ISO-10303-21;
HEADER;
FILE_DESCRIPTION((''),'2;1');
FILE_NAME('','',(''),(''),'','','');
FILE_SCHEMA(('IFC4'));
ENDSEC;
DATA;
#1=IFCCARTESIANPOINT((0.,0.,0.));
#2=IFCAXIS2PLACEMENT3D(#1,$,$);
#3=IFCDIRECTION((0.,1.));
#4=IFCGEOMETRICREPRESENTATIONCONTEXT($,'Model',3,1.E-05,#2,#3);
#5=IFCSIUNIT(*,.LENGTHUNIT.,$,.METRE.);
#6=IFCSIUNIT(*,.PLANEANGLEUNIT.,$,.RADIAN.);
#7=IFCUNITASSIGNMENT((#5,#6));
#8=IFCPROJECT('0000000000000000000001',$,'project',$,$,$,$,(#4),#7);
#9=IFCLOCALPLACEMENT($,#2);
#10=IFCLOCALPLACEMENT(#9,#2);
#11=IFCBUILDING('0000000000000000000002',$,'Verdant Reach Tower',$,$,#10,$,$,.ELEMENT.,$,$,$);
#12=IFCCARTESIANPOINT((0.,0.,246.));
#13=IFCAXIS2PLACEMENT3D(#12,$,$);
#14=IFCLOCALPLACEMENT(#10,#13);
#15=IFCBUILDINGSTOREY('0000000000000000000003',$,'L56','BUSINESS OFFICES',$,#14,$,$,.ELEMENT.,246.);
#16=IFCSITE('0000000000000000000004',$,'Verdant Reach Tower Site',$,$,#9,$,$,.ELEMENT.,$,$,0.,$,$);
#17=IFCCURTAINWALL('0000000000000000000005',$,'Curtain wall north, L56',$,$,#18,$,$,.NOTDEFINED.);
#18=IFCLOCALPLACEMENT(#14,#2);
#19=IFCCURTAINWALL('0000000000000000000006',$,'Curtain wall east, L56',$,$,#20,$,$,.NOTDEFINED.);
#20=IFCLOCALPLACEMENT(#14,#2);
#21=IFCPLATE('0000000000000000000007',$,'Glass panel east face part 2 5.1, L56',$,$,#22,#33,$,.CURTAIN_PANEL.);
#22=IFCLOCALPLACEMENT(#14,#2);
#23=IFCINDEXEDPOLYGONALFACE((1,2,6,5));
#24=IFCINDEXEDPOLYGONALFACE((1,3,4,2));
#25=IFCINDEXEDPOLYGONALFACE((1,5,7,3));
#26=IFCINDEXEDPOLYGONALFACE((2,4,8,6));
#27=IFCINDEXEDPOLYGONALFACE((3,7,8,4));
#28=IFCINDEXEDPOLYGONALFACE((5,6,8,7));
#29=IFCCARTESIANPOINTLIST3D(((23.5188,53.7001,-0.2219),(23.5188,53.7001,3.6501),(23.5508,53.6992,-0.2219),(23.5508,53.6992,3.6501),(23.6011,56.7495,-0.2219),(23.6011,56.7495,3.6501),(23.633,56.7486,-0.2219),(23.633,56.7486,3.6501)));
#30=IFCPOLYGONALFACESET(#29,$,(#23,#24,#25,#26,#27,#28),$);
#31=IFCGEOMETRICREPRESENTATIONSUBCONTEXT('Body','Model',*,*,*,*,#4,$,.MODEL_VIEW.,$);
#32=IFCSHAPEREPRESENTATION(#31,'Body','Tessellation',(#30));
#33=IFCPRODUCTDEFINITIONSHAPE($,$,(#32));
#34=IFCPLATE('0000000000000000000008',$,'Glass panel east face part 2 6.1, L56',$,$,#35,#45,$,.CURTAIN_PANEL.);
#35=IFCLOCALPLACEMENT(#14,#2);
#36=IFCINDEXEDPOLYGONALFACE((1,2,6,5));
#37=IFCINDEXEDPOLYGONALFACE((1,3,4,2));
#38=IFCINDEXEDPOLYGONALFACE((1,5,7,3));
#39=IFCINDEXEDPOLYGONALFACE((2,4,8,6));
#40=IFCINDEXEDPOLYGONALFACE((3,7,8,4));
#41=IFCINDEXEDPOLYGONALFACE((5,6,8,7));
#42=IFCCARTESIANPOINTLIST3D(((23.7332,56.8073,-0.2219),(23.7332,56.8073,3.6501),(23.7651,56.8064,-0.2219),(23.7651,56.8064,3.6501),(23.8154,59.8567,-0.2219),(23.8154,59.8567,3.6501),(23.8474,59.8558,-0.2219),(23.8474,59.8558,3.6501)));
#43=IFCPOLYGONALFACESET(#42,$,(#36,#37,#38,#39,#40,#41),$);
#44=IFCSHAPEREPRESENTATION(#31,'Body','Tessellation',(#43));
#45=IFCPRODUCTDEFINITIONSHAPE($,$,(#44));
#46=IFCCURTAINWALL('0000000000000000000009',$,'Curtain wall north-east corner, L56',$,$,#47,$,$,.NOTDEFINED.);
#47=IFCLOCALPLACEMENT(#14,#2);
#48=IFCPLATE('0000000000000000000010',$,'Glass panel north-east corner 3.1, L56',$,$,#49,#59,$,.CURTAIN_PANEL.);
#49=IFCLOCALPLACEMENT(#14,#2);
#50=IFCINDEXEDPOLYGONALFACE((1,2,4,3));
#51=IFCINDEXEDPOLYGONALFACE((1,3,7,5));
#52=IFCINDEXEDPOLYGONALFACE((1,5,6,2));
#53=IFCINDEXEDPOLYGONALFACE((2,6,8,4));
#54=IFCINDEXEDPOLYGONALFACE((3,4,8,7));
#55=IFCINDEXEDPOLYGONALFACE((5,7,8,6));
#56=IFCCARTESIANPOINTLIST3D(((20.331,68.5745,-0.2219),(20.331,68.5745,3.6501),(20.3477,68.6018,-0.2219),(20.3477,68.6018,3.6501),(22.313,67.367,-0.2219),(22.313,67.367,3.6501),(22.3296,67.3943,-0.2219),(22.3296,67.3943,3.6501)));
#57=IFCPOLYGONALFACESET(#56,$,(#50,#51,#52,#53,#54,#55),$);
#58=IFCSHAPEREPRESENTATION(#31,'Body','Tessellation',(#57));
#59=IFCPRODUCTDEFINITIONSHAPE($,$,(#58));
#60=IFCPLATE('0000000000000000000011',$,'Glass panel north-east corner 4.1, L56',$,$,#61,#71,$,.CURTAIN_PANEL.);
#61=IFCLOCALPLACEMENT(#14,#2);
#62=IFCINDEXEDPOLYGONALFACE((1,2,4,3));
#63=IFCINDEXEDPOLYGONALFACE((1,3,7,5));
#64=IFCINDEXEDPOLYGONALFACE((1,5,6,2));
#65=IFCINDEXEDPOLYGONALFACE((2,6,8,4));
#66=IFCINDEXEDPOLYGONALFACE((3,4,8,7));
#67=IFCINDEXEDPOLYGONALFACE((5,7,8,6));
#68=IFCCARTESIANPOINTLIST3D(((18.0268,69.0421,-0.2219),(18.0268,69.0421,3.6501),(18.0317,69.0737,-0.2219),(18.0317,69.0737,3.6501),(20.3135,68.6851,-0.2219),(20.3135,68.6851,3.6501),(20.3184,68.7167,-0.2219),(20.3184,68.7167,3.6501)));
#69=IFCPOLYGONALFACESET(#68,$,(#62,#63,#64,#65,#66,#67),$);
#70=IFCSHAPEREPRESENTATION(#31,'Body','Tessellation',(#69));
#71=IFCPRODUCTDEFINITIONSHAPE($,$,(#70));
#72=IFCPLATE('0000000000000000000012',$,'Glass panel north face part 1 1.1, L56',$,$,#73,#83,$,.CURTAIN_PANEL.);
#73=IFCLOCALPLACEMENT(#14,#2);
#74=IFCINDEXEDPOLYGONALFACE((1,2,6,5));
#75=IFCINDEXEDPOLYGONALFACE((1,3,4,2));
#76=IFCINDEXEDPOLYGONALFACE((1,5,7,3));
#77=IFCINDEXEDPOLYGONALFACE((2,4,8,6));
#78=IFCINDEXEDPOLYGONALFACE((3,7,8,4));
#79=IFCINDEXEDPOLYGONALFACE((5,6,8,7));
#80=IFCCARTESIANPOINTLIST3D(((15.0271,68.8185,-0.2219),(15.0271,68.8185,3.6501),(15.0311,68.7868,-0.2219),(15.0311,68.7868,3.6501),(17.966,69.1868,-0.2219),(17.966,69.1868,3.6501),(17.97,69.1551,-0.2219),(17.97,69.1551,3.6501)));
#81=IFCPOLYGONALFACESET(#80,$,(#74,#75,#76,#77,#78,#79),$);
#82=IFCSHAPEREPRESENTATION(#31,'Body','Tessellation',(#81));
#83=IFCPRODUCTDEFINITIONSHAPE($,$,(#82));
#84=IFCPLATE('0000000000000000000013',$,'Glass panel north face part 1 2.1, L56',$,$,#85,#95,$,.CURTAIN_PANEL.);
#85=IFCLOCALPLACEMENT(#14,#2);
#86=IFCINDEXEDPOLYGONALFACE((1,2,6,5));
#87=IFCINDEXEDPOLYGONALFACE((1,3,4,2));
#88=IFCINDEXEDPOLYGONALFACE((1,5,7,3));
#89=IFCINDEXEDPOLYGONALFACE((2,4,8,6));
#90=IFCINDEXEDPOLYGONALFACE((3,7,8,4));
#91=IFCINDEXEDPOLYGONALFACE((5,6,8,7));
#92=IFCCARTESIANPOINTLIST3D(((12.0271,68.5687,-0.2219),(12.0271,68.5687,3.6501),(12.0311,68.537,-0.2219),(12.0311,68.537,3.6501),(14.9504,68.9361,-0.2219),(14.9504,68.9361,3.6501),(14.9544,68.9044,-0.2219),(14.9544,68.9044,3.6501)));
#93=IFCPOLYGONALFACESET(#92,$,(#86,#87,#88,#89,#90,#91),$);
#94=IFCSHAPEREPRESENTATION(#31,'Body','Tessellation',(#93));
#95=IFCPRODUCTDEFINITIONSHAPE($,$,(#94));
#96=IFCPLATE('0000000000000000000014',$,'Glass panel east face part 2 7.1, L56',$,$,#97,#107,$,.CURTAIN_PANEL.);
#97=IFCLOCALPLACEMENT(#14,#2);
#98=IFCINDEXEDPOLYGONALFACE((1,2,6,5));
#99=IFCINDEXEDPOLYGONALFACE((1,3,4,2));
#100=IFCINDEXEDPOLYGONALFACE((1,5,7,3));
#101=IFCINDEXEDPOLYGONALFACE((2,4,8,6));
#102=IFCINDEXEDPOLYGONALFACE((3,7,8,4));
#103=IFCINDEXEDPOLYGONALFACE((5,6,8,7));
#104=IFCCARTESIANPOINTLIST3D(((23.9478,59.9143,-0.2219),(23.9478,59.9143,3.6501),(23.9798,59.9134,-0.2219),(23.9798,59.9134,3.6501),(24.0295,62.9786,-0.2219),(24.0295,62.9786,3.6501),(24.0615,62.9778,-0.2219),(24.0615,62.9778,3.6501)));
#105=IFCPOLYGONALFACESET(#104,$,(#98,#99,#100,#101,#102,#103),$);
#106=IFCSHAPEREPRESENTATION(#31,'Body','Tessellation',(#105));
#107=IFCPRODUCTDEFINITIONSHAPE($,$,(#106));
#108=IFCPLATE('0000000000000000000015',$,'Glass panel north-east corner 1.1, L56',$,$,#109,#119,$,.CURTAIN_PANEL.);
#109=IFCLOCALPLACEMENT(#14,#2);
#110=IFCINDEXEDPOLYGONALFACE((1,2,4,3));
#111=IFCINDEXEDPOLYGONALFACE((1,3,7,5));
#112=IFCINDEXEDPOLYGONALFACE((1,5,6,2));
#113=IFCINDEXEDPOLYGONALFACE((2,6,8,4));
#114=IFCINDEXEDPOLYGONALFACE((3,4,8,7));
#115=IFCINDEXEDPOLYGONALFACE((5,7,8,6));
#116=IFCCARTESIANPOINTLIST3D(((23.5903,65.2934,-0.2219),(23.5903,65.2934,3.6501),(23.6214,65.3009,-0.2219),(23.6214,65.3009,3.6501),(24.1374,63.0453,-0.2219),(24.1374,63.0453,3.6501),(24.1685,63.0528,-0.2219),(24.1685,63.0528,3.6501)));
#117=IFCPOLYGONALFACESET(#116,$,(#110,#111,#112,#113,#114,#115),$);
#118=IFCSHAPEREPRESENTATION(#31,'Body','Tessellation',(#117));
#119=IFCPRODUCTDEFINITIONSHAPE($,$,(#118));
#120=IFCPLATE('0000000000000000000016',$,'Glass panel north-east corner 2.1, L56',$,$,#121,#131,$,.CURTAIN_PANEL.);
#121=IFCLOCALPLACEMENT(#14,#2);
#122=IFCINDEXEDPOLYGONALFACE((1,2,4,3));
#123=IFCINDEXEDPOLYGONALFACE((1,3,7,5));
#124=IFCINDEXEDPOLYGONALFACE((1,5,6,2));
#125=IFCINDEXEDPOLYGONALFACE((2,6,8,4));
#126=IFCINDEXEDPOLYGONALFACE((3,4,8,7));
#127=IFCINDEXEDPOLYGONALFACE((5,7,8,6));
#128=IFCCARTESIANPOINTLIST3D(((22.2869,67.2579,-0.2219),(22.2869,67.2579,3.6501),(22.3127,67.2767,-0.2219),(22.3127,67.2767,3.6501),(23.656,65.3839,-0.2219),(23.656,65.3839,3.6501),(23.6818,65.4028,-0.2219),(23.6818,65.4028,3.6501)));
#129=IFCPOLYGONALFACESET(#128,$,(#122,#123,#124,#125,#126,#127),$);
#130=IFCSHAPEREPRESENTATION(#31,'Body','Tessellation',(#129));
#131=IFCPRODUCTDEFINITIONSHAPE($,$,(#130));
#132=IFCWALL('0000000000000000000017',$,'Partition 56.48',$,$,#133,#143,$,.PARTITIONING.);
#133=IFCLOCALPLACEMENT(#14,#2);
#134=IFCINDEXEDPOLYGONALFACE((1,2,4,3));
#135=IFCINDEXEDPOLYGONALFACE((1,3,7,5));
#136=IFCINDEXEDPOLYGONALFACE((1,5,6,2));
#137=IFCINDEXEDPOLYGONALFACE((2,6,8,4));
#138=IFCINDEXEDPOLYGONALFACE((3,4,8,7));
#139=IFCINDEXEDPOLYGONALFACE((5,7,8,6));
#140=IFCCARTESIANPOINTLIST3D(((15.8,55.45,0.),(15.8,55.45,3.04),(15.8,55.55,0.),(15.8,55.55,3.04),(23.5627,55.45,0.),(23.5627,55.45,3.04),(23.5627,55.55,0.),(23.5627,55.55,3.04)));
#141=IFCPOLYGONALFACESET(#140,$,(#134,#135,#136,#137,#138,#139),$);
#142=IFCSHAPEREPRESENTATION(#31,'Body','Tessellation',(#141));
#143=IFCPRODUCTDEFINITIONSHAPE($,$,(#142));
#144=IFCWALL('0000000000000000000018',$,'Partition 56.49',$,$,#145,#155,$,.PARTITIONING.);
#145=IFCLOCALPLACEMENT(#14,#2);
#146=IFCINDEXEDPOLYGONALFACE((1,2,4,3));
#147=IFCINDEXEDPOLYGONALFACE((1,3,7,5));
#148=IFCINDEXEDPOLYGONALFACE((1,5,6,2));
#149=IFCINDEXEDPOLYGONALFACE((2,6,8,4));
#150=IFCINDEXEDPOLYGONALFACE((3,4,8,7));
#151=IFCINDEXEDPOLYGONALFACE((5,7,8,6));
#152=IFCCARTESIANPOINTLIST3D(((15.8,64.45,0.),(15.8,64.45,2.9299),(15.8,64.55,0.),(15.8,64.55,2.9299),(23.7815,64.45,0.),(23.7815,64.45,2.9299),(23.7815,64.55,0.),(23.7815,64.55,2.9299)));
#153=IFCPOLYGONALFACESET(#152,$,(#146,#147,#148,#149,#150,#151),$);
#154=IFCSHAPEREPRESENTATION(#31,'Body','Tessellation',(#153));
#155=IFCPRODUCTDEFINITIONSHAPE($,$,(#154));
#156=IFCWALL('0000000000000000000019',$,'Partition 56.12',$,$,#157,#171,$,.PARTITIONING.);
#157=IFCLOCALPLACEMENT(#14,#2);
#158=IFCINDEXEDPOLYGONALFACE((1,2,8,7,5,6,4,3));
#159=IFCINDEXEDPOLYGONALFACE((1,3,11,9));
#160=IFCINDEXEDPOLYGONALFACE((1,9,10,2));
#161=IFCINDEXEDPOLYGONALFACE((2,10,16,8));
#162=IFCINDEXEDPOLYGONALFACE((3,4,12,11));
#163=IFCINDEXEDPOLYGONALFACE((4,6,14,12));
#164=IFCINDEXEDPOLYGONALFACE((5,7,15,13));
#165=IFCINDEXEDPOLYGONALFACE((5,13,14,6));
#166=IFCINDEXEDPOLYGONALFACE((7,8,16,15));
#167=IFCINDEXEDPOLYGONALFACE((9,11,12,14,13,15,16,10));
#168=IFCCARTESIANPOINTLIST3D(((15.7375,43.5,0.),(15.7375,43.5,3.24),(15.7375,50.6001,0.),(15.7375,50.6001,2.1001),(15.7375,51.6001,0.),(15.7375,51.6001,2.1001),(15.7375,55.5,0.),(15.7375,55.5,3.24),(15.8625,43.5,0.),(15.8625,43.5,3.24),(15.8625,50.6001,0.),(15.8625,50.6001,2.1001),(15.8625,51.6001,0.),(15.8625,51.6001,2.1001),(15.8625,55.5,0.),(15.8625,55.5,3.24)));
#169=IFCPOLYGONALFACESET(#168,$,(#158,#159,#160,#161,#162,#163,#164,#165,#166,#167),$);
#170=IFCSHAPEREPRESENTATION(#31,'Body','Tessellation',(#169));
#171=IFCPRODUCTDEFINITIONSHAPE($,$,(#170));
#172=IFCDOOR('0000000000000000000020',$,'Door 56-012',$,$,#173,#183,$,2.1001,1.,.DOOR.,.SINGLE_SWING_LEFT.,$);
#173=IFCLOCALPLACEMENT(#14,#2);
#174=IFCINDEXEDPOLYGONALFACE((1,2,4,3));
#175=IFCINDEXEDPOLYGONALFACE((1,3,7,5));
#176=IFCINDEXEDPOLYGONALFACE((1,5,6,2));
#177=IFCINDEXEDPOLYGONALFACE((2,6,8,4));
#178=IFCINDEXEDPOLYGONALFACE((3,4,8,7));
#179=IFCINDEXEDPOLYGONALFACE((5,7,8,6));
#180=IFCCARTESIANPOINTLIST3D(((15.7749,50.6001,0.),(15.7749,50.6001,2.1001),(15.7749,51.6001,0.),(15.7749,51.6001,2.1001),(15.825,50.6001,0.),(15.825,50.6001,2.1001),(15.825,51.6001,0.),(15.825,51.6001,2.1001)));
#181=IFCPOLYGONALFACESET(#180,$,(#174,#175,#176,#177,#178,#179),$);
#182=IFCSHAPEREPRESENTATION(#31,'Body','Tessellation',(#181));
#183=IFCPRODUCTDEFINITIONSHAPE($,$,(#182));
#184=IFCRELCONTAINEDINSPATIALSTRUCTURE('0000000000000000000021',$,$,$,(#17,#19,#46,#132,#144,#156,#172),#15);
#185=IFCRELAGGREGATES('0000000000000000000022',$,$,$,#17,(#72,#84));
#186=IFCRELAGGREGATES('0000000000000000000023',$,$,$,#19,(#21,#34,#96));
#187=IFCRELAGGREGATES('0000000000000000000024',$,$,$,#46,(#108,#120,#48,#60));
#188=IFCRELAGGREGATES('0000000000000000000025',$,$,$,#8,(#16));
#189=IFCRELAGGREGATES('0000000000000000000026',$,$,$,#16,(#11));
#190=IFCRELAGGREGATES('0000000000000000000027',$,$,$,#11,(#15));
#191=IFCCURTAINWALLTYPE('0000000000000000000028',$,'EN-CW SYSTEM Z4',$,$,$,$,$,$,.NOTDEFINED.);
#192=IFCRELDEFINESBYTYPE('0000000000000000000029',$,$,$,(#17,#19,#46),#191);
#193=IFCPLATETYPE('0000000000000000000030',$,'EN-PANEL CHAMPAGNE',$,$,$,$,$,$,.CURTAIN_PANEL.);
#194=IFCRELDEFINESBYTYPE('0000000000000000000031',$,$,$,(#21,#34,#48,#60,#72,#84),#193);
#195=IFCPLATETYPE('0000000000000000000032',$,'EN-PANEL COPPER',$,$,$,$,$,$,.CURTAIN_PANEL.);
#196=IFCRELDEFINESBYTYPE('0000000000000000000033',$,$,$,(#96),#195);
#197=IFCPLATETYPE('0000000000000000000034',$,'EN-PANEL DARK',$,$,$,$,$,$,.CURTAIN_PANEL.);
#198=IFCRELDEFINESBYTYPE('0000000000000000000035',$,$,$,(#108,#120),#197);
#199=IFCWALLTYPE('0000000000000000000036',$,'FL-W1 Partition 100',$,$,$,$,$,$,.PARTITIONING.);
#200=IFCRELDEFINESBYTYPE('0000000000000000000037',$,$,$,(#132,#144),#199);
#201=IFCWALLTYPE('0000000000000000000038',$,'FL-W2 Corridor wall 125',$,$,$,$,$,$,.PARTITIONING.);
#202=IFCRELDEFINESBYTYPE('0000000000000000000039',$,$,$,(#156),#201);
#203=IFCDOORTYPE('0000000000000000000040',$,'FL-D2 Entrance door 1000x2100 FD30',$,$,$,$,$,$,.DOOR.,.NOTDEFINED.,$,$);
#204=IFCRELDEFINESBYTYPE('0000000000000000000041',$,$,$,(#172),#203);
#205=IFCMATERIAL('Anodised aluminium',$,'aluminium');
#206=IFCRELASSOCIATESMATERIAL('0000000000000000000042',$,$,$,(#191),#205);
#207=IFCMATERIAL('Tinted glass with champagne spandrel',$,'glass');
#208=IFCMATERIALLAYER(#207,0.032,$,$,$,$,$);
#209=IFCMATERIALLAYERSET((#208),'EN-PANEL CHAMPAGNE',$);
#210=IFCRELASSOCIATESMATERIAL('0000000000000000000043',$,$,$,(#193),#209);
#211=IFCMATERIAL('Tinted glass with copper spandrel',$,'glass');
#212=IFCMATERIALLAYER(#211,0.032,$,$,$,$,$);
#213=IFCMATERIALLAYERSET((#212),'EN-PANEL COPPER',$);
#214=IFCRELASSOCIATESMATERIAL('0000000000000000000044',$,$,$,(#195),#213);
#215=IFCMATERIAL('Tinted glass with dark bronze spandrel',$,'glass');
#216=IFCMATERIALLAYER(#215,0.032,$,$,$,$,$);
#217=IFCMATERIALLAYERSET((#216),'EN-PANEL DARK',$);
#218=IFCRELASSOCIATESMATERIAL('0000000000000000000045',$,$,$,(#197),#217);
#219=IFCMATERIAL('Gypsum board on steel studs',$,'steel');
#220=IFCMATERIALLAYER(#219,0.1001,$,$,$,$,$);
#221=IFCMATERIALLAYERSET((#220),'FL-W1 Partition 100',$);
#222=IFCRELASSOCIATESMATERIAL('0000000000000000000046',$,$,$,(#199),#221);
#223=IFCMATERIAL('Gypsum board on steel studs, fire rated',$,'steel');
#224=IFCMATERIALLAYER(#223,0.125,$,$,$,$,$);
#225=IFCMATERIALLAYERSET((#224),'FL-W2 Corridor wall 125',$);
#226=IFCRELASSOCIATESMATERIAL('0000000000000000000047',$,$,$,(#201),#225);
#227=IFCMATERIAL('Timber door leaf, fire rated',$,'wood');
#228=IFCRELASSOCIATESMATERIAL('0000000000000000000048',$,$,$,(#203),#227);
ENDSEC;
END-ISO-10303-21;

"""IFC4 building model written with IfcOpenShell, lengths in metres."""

from ifc_helpers import new_model, si_unit, direction, frame, frame_2d, origin, origin_2d, place, context, subcontext, project, spatial, rectangle, extrude, material, layer, layer_set, type_object, element, fill, aggregate, save


model = new_model("IFC4")

# Units and contexts
model_context = context("Model", 3, precision=1e-05, world=origin(), true_north=direction((0.0, 1.0)))
body_context = subcontext(model_context, "Body", "Model", "MODEL_VIEW")
ifc_project = project(units=[si_unit("LENGTHUNIT", "METRE"), si_unit("PLANEANGLEUNIT", "RADIAN")], contexts=[model_context])

# Site, building, storey
site_placement = place(None, origin())
site = spatial("IfcSite", under=ifc_project, at=site_placement, Name="Verdant Reach Tower Site", CompositionType="ELEMENT", RefElevation=0.0)
building_placement = place(site_placement, origin())
building = spatial("IfcBuilding", under=site, at=building_placement, Name="Verdant Reach Tower", CompositionType="ELEMENT")
storey_placement = place(building_placement, frame((0.0, 0.0, 246.0)))
storey = spatial("IfcBuildingStorey", under=building, at=storey_placement, Name="L56", Description="BUSINESS OFFICES", CompositionType="ELEMENT", Elevation=246.0)

# Curtain wall
ifc_material_1 = material(Name="Anodised aluminium", Category="aluminium")
curtain_wall_type = type_object("IfcCurtainWallType", Name="EN-CW SYSTEM Z4", PredefinedType="NOTDEFINED", material=ifc_material_1)
curtain_wall_1_placement = place(storey_placement, origin())
curtain_wall_1 = element("IfcCurtainWall", 1, at=curtain_wall_1_placement, inside=storey, type_object=curtain_wall_type, Name="Curtain wall north, L56", PredefinedType="NOTDEFINED")

# Curtain walls, plates
curtain_wall_2_placement = place(storey_placement, origin())
curtain_wall_2 = element("IfcCurtainWall", 2, at=curtain_wall_2_placement, inside=storey, type_object=curtain_wall_type, Name="Curtain wall east, L56", PredefinedType="NOTDEFINED")
ifc_material_2 = material(Name="Tinted glass with champagne spandrel", Category="glass")
ifc_layer_1 = layer(ifc_material_2, 0.032)
ifc_layer_set_1 = layer_set([ifc_layer_1], Name="EN-PANEL CHAMPAGNE")
plate_type_1 = type_object("IfcPlateType", Name="EN-PANEL CHAMPAGNE", PredefinedType="CURTAIN_PANEL", material=ifc_layer_set_1)
plate_1_placement = place(storey_placement, frame((23.5759, 55.2244, -0.2219), z_axis=(0.0, 0.0, 1.0), x_axis=(0.026965, 0.999636, 0.0)))
plate_1 = element("IfcPlate", 3, at=plate_1_placement, type_object=plate_type_1, Name="Glass panel east face part 2 5.1, L56", PredefinedType="CURTAIN_PANEL", context=body_context, shape_type="SweptSolid", body=[
    extrude(rectangle(XDim=3.0505, YDim=0.032, at=origin_2d()), origin(), (0.0, 0.0, 1.0), 3.8721),
])
plate_2_placement = place(storey_placement, frame((23.7903, 58.3315, -0.2219), z_axis=(0.0, 0.0, 1.0), x_axis=(0.026965, 0.999636, 0.0)))
plate_2 = element("IfcPlate", 4, at=plate_2_placement, type_object=plate_type_1, Name="Glass panel east face part 2 6.1, L56", PredefinedType="CURTAIN_PANEL", context=body_context, shape_type="SweptSolid", body=[
    extrude(rectangle(XDim=3.0505, YDim=0.032, at=origin_2d()), origin(), (0.0, 0.0, 1.0), 3.8721),
])
curtain_wall_3_placement = place(storey_placement, origin())
curtain_wall_3 = element("IfcCurtainWall", 5, at=curtain_wall_3_placement, inside=storey, type_object=curtain_wall_type, Name="Curtain wall north-east corner, L56", PredefinedType="NOTDEFINED")
plate_3_placement = place(storey_placement, frame((21.3303, 67.9844, -0.2219), z_axis=(0.0, 0.0, 1.0), x_axis=(-0.853989, 0.520292, 0.0)))
plate_3 = element("IfcPlate", 6, at=plate_3_placement, type_object=plate_type_1, Name="Glass panel north-east corner 3.1, L56", PredefinedType="CURTAIN_PANEL", context=body_context, shape_type="SweptSolid", body=[
    extrude(rectangle(XDim=2.3208, YDim=0.032, at=origin_2d()), origin(), (0.0, 0.0, 1.0), 3.8721),
])
plate_4_placement = place(storey_placement, frame((19.1726, 68.8794, -0.2219), z_axis=(0.0, 0.0, 1.0), x_axis=(-0.988027, 0.154279, 0.0)))
plate_4 = element("IfcPlate", 7, at=plate_4_placement, type_object=plate_type_1, Name="Glass panel north-east corner 4.1, L56", PredefinedType="CURTAIN_PANEL", context=body_context, shape_type="SweptSolid", body=[
    extrude(rectangle(XDim=2.3145, YDim=0.032, at=origin_2d()), origin(), (0.0, 0.0, 1.0), 3.8721),
])

# Plates
plate_5_placement = place(storey_placement, frame((16.4985, 68.9868, -0.2219), z_axis=(0.0, 0.0, 1.0), x_axis=(-0.992239, -0.124346, 0.0)))
plate_5 = element("IfcPlate", 8, at=plate_5_placement, type_object=plate_type_1, Name="Glass panel north face part 1 1.1, L56", PredefinedType="CURTAIN_PANEL", context=body_context, shape_type="SweptSolid", body=[
    extrude(rectangle(XDim=2.9619, YDim=0.032, at=origin_2d()), origin(), (0.0, 0.0, 1.0), 3.8721),
])
plate_6_placement = place(storey_placement, frame((13.4907, 68.7366, -0.2219), z_axis=(0.0, 0.0, 1.0), x_axis=(-0.992194, -0.124704, 0.0)))
plate_6 = element("IfcPlate", 9, at=plate_6_placement, type_object=plate_type_1, Name="Glass panel north face part 1 2.1, L56", PredefinedType="CURTAIN_PANEL", context=body_context, shape_type="SweptSolid", body=[
    extrude(rectangle(XDim=2.9463, YDim=0.032, at=origin_2d()), origin(), (0.0, 0.0, 1.0), 3.8721),
])
aggregate(curtain_wall_1, [plate_5, plate_6])
ifc_material_3 = material(Name="Tinted glass with copper spandrel", Category="glass")
ifc_layer_2 = layer(ifc_material_3, 0.032)
ifc_layer_set_2 = layer_set([ifc_layer_2], Name="EN-PANEL COPPER")
plate_type_2 = type_object("IfcPlateType", Name="EN-PANEL COPPER", PredefinedType="CURTAIN_PANEL", material=ifc_layer_set_2)
plate_7_placement = place(storey_placement, frame((24.0046, 61.446, -0.2219), z_axis=(0.0, 0.0, 1.0), x_axis=(0.026651, 0.999645, 0.0)))
plate_7 = element("IfcPlate", 10, at=plate_7_placement, type_object=plate_type_2, Name="Glass panel east face part 2 7.1, L56", PredefinedType="CURTAIN_PANEL", context=body_context, shape_type="SweptSolid", body=[
    extrude(rectangle(XDim=3.0654, YDim=0.032, at=origin_2d()), origin(), (0.0, 0.0, 1.0), 3.8721),
])
aggregate(curtain_wall_2, [plate_1, plate_2, plate_7])
ifc_material_4 = material(Name="Tinted glass with dark bronze spandrel", Category="glass")
ifc_layer_3 = layer(ifc_material_4, 0.032)
ifc_layer_set_3 = layer_set([ifc_layer_3], Name="EN-PANEL DARK")
plate_type_3 = type_object("IfcPlateType", Name="EN-PANEL DARK", PredefinedType="CURTAIN_PANEL", material=ifc_layer_set_3)
plate_8_placement = place(storey_placement, frame((23.8794, 64.1731, -0.2219), z_axis=(0.0, 0.0, 1.0), x_axis=(-0.236459, 0.971642, 0.0)))
plate_8 = element("IfcPlate", 11, at=plate_8_placement, type_object=plate_type_3, Name="Glass panel north-east corner 1.1, L56", PredefinedType="CURTAIN_PANEL", context=body_context, shape_type="SweptSolid", body=[
    extrude(rectangle(XDim=2.3137, YDim=0.032, at=origin_2d()), origin(), (0.0, 0.0, 1.0), 3.8721),
])
plate_9_placement = place(storey_placement, frame((22.9844, 66.3303, -0.2219), z_axis=(0.0, 0.0, 1.0), x_axis=(-0.589927, 0.807457, 0.0)))
plate_9 = element("IfcPlate", 12, at=plate_9_placement, type_object=plate_type_3, Name="Glass panel north-east corner 2.1, L56", PredefinedType="CURTAIN_PANEL", context=body_context, shape_type="SweptSolid", body=[
    extrude(rectangle(XDim=2.3208, YDim=0.032, at=origin_2d()), origin(), (0.0, 0.0, 1.0), 3.8721),
])
aggregate(curtain_wall_3, [plate_8, plate_9, plate_3, plate_4])

# Walls
ifc_material_5 = material(Name="Gypsum board on steel studs", Category="steel")
ifc_layer_4 = layer(ifc_material_5, 0.1001)
ifc_layer_set_4 = layer_set([ifc_layer_4], Name="FL-W1 Partition 100")
wall_type_1 = type_object("IfcWallType", Name="FL-W1 Partition 100", PredefinedType="PARTITIONING", material=ifc_layer_set_4)
wall_1_placement = place(storey_placement, frame((23.5627, 55.5, 0.0), z_axis=(0.0, 0.0, 1.0), x_axis=(-1.0, 0.0, 0.0)))
element("IfcWall", 13, at=wall_1_placement, inside=storey, type_object=wall_type_1, Name="Partition 56.48", PredefinedType="PARTITIONING", context=body_context, shape_type="SweptSolid", body=[
    extrude(rectangle(XDim=7.7627, YDim=0.1001, at=frame_2d((3.8813, 0.0))), origin(), (0.0, 0.0, 1.0), 3.04),
])
wall_2_placement = place(storey_placement, frame((23.7815, 64.5, 0.0), z_axis=(0.0, 0.0, 1.0), x_axis=(-1.0, 0.0, 0.0)))
element("IfcWall", 14, at=wall_2_placement, inside=storey, type_object=wall_type_1, Name="Partition 56.49", PredefinedType="PARTITIONING", context=body_context, shape_type="SweptSolid", body=[
    extrude(rectangle(XDim=7.9814, YDim=0.1001, at=frame_2d((3.9907, 0.0))), origin(), (0.0, 0.0, 1.0), 2.9299),
])

# Wall, opening, door
ifc_material_6 = material(Name="Gypsum board on steel studs, fire rated", Category="steel")
ifc_layer_5 = layer(ifc_material_6, 0.125)
ifc_layer_set_5 = layer_set([ifc_layer_5], Name="FL-W2 Corridor wall 125")
wall_type_2 = type_object("IfcWallType", Name="FL-W2 Corridor wall 125", PredefinedType="PARTITIONING", material=ifc_layer_set_5)
wall_3_placement = place(storey_placement, frame((15.8, 55.5, 0.0), z_axis=(0.0, 0.0, 1.0), x_axis=(0.0, -1.0, 0.0)))
wall_3 = element("IfcWall", 15, at=wall_3_placement, inside=storey, type_object=wall_type_2, Name="Partition 56.12", PredefinedType="PARTITIONING", context=body_context, shape_type="SweptSolid", body=[
    extrude(rectangle(XDim=12.0, YDim=0.125, at=frame_2d((6.0, 0.0))), origin(), (0.0, 0.0, 1.0), 3.24),
])
opening_1_placement = place(wall_3_placement, frame((3.8999, 0.0, 0.0)))
opening_1 = element("IfcOpeningElement", 16, at=opening_1_placement, cuts=wall_3, PredefinedType="OPENING", context=body_context, shape_type="SweptSolid", body=[
    extrude(rectangle(XDim=1.0, YDim=2.1001, at=frame_2d((0.5, 1.05))), frame((0.0, 0.0725, 0.0), z_axis=(0.0, -1.0, 0.0), x_axis=(1.0, 0.0, 0.0)), (0.0, 0.0, 1.0), 0.145),
])
ifc_material_7 = material(Name="Timber door leaf, fire rated", Category="wood")
door_type = type_object("IfcDoorType", Name="FL-D2 Entrance door 1000x2100 FD30", OperationType="NOTDEFINED", PredefinedType="DOOR", material=ifc_material_7)
door_1_placement = place(opening_1_placement, origin())
door_1 = element("IfcDoor", 17, at=door_1_placement, inside=storey, type_object=door_type, Name="Door 56-012", OperationType="SINGLE_SWING_LEFT", OverallHeight=2.1001, OverallWidth=1.0, PredefinedType="DOOR", context=body_context, shape_type="SweptSolid", body=[
    extrude(rectangle(XDim=1.0, YDim=2.1001, at=frame_2d((0.5, 1.05))), frame((0.0, 0.0249, 0.0), z_axis=(0.0, -1.0, 0.0), x_axis=(1.0, 0.0, 0.0)), (0.0, 0.0, 1.0), 0.05),
])
fill(opening_1, door_1)

save(model, "model.ifc")
